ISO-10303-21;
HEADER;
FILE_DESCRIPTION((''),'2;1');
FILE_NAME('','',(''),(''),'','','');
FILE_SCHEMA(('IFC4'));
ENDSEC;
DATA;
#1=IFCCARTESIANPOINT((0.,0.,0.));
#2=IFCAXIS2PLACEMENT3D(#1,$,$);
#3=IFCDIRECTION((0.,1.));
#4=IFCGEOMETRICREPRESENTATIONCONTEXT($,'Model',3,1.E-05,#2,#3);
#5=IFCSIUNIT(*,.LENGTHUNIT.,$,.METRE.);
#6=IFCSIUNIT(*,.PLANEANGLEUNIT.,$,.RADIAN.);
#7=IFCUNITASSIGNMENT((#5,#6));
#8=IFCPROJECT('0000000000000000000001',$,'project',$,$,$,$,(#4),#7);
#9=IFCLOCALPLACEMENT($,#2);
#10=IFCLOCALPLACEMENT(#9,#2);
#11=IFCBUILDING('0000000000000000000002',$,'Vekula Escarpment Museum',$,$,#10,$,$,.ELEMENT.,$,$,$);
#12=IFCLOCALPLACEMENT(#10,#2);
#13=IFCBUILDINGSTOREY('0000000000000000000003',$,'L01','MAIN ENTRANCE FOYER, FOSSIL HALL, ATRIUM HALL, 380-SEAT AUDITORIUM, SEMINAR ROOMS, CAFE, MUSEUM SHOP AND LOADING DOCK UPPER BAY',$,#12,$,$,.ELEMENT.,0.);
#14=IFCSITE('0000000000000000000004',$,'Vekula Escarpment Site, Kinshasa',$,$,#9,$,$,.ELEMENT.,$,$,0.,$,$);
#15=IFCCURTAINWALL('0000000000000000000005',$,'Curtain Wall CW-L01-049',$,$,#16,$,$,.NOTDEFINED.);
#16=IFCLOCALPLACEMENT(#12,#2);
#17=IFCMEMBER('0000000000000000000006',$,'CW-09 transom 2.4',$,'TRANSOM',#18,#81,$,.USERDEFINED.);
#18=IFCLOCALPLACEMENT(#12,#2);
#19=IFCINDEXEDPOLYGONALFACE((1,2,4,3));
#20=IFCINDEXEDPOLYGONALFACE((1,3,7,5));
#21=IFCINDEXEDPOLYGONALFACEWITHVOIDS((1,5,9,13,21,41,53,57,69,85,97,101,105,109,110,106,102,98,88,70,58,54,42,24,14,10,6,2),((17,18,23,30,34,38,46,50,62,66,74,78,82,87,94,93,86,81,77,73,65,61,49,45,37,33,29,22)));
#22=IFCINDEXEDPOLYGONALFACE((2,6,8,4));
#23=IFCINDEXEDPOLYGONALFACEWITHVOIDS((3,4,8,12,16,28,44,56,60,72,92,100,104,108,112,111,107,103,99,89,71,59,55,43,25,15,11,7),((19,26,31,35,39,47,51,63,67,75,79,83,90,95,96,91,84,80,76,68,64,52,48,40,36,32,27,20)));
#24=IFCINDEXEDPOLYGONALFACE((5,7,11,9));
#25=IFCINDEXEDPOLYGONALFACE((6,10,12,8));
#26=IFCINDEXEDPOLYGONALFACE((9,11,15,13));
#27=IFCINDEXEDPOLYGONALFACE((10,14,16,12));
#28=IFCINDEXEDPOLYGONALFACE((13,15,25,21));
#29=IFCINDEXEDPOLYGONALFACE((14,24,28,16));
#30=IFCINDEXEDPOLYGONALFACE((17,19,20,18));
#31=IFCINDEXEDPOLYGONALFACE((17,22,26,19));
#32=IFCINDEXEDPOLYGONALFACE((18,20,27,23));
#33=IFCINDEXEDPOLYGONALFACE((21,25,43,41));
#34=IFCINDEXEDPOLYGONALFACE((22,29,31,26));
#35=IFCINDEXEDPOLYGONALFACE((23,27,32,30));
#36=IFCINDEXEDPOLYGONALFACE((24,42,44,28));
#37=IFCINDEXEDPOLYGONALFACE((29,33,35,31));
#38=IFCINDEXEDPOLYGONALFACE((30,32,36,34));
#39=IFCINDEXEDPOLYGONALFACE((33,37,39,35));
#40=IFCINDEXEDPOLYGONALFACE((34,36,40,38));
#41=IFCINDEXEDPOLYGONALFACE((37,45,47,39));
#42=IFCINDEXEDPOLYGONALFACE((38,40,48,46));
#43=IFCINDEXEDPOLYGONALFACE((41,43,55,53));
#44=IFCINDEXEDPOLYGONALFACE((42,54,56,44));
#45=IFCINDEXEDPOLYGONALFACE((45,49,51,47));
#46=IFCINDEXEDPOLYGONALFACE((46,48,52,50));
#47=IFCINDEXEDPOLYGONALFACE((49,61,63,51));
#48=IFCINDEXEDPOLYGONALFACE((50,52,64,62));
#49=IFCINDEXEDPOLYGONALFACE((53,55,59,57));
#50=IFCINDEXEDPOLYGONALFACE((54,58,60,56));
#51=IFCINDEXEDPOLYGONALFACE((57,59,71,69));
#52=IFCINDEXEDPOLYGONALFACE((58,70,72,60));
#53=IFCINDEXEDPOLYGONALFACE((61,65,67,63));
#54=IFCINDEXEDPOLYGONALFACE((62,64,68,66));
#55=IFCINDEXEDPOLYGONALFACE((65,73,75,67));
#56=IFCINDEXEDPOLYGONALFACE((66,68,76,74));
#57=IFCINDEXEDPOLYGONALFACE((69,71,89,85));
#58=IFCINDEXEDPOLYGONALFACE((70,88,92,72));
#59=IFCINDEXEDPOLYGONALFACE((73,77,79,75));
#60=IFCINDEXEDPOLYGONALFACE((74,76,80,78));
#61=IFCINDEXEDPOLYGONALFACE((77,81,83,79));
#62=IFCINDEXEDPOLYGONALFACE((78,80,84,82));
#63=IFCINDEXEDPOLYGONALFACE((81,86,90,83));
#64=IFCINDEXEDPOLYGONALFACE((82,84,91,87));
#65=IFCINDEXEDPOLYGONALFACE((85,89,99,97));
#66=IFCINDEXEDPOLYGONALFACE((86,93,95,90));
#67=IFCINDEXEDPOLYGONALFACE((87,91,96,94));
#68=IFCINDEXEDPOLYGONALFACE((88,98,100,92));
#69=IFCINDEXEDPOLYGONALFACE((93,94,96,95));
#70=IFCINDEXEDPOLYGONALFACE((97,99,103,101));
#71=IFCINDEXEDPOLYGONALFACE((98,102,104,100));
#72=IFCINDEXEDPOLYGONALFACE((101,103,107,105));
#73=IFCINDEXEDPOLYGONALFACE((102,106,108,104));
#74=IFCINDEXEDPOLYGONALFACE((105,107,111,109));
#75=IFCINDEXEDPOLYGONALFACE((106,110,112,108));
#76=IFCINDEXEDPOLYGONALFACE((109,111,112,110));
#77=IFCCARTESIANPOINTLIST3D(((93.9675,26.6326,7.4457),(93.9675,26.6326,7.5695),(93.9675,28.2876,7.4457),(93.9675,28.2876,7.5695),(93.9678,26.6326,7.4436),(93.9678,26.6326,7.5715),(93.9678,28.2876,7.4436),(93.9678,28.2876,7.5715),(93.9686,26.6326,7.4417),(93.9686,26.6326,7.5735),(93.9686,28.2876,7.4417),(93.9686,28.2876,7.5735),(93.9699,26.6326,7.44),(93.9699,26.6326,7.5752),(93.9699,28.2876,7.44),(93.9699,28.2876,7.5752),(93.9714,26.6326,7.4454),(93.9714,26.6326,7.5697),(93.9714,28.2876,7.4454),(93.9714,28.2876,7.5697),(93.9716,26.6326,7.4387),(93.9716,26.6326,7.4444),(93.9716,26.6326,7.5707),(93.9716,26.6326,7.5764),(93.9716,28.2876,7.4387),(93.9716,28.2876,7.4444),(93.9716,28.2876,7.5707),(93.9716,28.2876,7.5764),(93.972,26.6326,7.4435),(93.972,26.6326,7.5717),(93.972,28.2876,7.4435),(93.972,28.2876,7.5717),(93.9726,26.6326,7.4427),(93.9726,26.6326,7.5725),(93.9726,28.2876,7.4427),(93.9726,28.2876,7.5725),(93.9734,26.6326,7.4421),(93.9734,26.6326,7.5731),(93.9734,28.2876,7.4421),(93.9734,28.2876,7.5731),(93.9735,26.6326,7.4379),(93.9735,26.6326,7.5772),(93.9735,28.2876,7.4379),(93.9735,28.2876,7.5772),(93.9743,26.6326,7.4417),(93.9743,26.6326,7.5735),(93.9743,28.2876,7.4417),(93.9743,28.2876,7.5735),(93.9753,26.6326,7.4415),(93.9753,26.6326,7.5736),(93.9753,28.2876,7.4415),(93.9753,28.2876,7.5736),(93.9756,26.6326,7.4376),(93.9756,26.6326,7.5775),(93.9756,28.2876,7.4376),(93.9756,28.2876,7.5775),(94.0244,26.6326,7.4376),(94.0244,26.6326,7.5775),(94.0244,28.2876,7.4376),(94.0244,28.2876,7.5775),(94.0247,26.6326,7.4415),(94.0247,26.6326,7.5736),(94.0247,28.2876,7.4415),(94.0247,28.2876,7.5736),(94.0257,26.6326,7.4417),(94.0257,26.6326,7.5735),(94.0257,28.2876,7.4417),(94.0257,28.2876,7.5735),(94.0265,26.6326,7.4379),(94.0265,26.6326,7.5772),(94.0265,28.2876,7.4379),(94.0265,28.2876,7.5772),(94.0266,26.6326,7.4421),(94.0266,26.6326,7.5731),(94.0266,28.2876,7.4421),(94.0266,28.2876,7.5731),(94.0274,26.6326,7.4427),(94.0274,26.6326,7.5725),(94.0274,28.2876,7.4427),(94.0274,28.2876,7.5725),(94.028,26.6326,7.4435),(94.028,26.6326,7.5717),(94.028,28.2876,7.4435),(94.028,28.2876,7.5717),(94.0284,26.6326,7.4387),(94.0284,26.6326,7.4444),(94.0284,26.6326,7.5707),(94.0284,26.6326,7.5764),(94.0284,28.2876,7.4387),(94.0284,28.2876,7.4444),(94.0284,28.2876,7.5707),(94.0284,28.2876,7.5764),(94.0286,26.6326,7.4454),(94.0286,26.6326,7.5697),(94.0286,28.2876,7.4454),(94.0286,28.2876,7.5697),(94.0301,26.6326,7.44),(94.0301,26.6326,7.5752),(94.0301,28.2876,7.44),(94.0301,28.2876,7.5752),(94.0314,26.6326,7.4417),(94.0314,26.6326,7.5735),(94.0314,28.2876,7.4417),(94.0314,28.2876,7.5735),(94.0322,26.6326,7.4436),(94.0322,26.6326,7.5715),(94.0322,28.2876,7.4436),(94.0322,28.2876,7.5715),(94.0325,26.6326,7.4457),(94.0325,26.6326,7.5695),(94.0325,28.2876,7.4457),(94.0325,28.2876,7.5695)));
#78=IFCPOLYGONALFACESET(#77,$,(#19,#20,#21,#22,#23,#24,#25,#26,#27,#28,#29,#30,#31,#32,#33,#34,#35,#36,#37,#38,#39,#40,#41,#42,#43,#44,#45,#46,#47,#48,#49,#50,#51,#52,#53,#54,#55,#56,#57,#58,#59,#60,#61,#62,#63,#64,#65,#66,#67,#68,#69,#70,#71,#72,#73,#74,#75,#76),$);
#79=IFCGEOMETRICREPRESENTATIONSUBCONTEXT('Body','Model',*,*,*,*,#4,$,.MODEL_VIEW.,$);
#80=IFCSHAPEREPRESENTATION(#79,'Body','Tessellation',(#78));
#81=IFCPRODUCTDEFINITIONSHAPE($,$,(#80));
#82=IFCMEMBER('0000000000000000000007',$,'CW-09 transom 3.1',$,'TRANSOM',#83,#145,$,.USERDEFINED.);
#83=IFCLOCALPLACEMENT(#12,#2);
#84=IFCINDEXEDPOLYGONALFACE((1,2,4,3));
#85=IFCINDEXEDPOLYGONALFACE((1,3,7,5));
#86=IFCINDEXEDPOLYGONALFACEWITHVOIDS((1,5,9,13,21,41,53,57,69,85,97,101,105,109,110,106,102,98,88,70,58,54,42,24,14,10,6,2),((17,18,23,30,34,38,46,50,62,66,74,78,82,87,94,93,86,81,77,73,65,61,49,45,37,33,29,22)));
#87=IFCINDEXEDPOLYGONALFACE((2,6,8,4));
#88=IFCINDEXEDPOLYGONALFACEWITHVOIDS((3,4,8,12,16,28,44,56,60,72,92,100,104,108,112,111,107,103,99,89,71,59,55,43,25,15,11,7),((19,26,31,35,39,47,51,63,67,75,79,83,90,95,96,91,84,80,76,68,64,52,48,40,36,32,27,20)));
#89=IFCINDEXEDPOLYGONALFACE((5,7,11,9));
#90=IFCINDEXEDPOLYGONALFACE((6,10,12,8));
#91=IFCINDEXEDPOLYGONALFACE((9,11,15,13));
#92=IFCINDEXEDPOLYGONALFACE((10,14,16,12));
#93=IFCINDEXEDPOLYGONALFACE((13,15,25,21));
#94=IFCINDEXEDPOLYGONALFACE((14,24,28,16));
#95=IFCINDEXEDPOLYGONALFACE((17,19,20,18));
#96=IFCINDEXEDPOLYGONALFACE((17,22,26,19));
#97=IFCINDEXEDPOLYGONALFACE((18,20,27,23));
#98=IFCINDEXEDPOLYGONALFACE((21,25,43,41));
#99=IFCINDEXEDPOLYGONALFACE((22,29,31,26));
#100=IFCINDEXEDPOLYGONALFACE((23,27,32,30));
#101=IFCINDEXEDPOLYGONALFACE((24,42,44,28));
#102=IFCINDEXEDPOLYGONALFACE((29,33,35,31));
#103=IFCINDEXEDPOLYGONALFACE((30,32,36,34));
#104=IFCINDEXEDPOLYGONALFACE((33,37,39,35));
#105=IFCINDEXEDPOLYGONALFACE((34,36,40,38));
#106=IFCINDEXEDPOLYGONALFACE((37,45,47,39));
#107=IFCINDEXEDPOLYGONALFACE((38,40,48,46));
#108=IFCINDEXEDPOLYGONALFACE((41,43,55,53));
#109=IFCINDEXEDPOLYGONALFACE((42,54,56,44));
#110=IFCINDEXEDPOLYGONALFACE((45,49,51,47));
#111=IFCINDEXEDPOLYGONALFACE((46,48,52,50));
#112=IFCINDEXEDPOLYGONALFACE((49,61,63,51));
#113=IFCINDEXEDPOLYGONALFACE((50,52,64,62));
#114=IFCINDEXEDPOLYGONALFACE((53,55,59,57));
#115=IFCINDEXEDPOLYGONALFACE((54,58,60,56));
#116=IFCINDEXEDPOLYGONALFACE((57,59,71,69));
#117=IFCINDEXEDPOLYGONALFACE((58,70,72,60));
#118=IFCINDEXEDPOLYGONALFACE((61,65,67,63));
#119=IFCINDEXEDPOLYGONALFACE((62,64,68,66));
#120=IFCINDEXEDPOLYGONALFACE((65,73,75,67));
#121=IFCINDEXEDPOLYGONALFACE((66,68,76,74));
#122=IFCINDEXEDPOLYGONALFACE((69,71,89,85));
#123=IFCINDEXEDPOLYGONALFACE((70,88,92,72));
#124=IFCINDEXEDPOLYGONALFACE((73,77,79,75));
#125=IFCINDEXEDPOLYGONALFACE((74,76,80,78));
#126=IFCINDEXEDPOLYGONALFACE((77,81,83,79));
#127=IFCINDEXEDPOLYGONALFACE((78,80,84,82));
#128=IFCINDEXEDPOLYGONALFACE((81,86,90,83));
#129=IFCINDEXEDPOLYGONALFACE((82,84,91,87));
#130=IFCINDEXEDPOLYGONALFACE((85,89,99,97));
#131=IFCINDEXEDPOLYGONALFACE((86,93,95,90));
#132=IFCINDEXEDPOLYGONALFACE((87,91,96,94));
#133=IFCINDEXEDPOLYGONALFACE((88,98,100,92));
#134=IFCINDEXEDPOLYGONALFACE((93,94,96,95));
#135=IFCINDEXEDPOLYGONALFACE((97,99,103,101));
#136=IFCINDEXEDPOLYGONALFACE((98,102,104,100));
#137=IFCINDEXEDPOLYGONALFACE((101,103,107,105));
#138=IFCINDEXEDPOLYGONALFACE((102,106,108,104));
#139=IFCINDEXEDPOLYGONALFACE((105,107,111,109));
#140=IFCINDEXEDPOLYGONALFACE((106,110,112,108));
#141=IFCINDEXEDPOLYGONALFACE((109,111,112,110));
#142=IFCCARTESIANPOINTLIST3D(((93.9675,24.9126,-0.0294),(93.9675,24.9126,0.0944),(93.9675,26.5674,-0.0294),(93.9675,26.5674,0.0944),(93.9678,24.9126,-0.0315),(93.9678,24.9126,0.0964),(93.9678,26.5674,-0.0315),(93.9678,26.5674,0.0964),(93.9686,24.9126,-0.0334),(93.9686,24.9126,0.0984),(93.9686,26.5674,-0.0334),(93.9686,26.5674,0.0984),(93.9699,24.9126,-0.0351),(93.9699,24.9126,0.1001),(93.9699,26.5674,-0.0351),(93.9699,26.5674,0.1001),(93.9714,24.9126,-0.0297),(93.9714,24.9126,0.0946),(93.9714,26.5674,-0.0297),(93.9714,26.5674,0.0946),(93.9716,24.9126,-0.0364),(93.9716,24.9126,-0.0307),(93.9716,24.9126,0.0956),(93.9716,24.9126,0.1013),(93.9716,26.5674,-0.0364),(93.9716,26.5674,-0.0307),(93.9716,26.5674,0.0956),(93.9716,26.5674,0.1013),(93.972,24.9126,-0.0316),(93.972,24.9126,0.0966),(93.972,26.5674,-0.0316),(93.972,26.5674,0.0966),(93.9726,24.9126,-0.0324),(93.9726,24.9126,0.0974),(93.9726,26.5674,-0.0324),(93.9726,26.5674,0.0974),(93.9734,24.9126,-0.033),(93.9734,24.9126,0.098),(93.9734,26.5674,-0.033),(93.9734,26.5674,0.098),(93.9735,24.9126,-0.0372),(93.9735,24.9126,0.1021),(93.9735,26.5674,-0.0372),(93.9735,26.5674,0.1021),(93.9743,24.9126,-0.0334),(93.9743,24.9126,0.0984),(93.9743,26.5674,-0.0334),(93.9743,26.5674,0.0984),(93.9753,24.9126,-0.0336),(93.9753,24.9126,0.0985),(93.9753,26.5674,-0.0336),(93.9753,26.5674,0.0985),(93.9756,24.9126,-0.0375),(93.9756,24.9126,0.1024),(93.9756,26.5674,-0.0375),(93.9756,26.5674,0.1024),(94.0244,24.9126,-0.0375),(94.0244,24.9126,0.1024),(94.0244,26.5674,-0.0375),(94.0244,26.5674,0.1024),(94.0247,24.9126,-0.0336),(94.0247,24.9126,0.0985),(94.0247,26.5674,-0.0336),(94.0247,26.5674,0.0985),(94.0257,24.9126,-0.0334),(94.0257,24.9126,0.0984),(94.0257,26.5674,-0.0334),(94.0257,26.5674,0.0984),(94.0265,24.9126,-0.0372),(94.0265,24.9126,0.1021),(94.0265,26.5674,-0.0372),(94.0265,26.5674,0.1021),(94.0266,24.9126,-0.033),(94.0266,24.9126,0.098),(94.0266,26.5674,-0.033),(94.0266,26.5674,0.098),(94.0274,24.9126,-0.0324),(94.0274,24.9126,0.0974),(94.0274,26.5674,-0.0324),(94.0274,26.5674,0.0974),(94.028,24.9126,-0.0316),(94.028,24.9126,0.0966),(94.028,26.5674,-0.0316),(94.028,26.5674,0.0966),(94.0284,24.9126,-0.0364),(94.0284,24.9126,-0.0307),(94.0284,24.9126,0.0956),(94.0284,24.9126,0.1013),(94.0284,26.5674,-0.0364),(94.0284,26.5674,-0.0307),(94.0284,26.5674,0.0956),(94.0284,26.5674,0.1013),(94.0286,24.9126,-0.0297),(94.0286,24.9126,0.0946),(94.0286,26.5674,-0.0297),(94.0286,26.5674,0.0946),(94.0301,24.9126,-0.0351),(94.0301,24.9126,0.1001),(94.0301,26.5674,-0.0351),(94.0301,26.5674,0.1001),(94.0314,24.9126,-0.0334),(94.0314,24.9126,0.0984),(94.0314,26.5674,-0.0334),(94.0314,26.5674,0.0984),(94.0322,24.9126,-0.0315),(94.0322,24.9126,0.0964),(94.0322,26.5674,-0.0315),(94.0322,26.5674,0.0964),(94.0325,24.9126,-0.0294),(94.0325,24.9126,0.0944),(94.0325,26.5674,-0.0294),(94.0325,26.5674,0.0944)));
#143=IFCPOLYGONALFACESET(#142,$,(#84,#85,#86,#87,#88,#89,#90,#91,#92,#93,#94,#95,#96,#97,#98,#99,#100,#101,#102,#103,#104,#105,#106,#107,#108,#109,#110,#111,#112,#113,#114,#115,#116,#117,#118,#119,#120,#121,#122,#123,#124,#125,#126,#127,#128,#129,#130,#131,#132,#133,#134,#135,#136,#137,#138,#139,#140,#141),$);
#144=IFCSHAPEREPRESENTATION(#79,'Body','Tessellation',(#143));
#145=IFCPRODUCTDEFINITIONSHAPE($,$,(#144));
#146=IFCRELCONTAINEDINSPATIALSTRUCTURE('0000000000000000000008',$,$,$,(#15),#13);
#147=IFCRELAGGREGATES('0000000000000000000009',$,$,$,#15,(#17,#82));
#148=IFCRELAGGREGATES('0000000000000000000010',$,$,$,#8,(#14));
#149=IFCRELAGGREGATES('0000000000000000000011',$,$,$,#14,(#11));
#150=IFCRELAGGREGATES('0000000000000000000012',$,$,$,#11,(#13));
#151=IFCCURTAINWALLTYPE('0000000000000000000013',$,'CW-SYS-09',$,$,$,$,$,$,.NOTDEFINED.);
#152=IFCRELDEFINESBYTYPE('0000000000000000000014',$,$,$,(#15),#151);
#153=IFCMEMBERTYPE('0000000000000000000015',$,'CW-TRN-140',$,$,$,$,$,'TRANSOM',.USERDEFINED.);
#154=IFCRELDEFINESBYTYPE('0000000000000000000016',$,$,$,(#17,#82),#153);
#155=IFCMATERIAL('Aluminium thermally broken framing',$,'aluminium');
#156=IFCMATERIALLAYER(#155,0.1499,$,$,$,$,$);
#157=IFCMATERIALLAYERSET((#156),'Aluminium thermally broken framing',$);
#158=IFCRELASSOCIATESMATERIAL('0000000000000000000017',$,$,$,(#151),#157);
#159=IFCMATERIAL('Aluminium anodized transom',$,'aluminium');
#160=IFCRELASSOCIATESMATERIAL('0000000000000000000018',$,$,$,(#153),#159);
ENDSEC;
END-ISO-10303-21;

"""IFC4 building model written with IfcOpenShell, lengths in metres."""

from ifc_helpers import new_model, si_unit, direction, frame, origin, origin_2d, place, context, subcontext, project, spatial, hollow_rectangle, extrude, material, layer, layer_set, material_profile, profile_set, type_object, element, aggregate, save


model = new_model("IFC4")

# Units and contexts
model_context = context("Model", 3, precision=1e-05, world=origin(), true_north=direction((0.0, 1.0)))
body_context = subcontext(model_context, "Body", "Model", "MODEL_VIEW")
ifc_project = project(units=[si_unit("LENGTHUNIT", "METRE"), si_unit("PLANEANGLEUNIT", "RADIAN")], contexts=[model_context])

# Site, building, storey
site_placement = place(None, origin())
site = spatial("IfcSite", under=ifc_project, at=site_placement, Name="Vekula Escarpment Site, Kinshasa", CompositionType="ELEMENT", RefElevation=0.0)
building_placement = place(site_placement, origin())
building = spatial("IfcBuilding", under=site, at=building_placement, Name="Vekula Escarpment Museum", CompositionType="ELEMENT")
storey_placement = place(building_placement, origin())
storey = spatial("IfcBuildingStorey", under=building, at=storey_placement, Name="L01", Description="MAIN ENTRANCE FOYER, FOSSIL HALL, ATRIUM HALL, 380-SEAT AUDITORIUM, SEMINAR ROOMS, CAFE, MUSEUM SHOP AND LOADING DOCK UPPER BAY", CompositionType="ELEMENT", Elevation=0.0)

# Curtain wall, members
ifc_material_1 = material(Name="Aluminium thermally broken framing", Category="aluminium")
ifc_layer_1 = layer(ifc_material_1, 0.1499)
ifc_layer_set_1 = layer_set([ifc_layer_1], Name="Aluminium thermally broken framing")
curtain_wall_type = type_object("IfcCurtainWallType", Name="CW-SYS-09", PredefinedType="NOTDEFINED", material=ifc_layer_set_1)
curtain_wall_placement = place(storey_placement, origin())
curtain_wall = element("IfcCurtainWall", 1, at=curtain_wall_placement, inside=storey, type_object=curtain_wall_type, Name="Curtain Wall CW-L01-049", PredefinedType="NOTDEFINED")
ifc_material_2 = material(Name="Aluminium anodized transom", Category="aluminium")
ifc_material_profile_1 = material_profile(ifc_material_2, hollow_rectangle(XDim=0.0649, YDim=0.1399, WallThickness=0.0039, InnerFilletRadius=0.0039, OuterFilletRadius=0.0081, at=origin_2d()), Name="ALU 140x65x4")
ifc_profile_set_1 = profile_set([ifc_material_profile_1], Name="Aluminium anodized transom")
member_type_1 = type_object("IfcMemberType", Name="CW-TRN-140", ElementType="TRANSOM", PredefinedType="USERDEFINED", material=ifc_profile_set_1)
member_1_placement = place(storey_placement, frame((94.0, 28.2876, 7.5076), z_axis=(0.0, -1.0, 0.0), x_axis=(1.0, 0.0, 0.0)))
member_1 = element("IfcMember", 2, at=member_1_placement, type_object=member_type_1, Name="CW-09 transom 2.4", ObjectType="TRANSOM", PredefinedType="USERDEFINED", context=body_context, shape_type="SweptSolid", body=[
    extrude(hollow_rectangle(XDim=0.0649, YDim=0.1399, WallThickness=0.0039, InnerFilletRadius=0.0039, OuterFilletRadius=0.0081, at=origin_2d()), origin(), (0.0, 0.0, 1.0), 1.655),
])
member_2_placement = place(storey_placement, frame((94.0, 26.5674, 0.0325), z_axis=(0.0, -1.0, 0.0), x_axis=(1.0, 0.0, 0.0)))
member_2 = element("IfcMember", 3, at=member_2_placement, type_object=member_type_1, Name="CW-09 transom 3.1", ObjectType="TRANSOM", PredefinedType="USERDEFINED", context=body_context, shape_type="SweptSolid", body=[
    extrude(hollow_rectangle(XDim=0.0649, YDim=0.1399, WallThickness=0.0039, InnerFilletRadius=0.0039, OuterFilletRadius=0.0081, at=origin_2d()), origin(), (0.0, 0.0, 1.0), 1.6548),
])
aggregate(curtain_wall, [member_1, member_2])

save(model, "model.ifc")
